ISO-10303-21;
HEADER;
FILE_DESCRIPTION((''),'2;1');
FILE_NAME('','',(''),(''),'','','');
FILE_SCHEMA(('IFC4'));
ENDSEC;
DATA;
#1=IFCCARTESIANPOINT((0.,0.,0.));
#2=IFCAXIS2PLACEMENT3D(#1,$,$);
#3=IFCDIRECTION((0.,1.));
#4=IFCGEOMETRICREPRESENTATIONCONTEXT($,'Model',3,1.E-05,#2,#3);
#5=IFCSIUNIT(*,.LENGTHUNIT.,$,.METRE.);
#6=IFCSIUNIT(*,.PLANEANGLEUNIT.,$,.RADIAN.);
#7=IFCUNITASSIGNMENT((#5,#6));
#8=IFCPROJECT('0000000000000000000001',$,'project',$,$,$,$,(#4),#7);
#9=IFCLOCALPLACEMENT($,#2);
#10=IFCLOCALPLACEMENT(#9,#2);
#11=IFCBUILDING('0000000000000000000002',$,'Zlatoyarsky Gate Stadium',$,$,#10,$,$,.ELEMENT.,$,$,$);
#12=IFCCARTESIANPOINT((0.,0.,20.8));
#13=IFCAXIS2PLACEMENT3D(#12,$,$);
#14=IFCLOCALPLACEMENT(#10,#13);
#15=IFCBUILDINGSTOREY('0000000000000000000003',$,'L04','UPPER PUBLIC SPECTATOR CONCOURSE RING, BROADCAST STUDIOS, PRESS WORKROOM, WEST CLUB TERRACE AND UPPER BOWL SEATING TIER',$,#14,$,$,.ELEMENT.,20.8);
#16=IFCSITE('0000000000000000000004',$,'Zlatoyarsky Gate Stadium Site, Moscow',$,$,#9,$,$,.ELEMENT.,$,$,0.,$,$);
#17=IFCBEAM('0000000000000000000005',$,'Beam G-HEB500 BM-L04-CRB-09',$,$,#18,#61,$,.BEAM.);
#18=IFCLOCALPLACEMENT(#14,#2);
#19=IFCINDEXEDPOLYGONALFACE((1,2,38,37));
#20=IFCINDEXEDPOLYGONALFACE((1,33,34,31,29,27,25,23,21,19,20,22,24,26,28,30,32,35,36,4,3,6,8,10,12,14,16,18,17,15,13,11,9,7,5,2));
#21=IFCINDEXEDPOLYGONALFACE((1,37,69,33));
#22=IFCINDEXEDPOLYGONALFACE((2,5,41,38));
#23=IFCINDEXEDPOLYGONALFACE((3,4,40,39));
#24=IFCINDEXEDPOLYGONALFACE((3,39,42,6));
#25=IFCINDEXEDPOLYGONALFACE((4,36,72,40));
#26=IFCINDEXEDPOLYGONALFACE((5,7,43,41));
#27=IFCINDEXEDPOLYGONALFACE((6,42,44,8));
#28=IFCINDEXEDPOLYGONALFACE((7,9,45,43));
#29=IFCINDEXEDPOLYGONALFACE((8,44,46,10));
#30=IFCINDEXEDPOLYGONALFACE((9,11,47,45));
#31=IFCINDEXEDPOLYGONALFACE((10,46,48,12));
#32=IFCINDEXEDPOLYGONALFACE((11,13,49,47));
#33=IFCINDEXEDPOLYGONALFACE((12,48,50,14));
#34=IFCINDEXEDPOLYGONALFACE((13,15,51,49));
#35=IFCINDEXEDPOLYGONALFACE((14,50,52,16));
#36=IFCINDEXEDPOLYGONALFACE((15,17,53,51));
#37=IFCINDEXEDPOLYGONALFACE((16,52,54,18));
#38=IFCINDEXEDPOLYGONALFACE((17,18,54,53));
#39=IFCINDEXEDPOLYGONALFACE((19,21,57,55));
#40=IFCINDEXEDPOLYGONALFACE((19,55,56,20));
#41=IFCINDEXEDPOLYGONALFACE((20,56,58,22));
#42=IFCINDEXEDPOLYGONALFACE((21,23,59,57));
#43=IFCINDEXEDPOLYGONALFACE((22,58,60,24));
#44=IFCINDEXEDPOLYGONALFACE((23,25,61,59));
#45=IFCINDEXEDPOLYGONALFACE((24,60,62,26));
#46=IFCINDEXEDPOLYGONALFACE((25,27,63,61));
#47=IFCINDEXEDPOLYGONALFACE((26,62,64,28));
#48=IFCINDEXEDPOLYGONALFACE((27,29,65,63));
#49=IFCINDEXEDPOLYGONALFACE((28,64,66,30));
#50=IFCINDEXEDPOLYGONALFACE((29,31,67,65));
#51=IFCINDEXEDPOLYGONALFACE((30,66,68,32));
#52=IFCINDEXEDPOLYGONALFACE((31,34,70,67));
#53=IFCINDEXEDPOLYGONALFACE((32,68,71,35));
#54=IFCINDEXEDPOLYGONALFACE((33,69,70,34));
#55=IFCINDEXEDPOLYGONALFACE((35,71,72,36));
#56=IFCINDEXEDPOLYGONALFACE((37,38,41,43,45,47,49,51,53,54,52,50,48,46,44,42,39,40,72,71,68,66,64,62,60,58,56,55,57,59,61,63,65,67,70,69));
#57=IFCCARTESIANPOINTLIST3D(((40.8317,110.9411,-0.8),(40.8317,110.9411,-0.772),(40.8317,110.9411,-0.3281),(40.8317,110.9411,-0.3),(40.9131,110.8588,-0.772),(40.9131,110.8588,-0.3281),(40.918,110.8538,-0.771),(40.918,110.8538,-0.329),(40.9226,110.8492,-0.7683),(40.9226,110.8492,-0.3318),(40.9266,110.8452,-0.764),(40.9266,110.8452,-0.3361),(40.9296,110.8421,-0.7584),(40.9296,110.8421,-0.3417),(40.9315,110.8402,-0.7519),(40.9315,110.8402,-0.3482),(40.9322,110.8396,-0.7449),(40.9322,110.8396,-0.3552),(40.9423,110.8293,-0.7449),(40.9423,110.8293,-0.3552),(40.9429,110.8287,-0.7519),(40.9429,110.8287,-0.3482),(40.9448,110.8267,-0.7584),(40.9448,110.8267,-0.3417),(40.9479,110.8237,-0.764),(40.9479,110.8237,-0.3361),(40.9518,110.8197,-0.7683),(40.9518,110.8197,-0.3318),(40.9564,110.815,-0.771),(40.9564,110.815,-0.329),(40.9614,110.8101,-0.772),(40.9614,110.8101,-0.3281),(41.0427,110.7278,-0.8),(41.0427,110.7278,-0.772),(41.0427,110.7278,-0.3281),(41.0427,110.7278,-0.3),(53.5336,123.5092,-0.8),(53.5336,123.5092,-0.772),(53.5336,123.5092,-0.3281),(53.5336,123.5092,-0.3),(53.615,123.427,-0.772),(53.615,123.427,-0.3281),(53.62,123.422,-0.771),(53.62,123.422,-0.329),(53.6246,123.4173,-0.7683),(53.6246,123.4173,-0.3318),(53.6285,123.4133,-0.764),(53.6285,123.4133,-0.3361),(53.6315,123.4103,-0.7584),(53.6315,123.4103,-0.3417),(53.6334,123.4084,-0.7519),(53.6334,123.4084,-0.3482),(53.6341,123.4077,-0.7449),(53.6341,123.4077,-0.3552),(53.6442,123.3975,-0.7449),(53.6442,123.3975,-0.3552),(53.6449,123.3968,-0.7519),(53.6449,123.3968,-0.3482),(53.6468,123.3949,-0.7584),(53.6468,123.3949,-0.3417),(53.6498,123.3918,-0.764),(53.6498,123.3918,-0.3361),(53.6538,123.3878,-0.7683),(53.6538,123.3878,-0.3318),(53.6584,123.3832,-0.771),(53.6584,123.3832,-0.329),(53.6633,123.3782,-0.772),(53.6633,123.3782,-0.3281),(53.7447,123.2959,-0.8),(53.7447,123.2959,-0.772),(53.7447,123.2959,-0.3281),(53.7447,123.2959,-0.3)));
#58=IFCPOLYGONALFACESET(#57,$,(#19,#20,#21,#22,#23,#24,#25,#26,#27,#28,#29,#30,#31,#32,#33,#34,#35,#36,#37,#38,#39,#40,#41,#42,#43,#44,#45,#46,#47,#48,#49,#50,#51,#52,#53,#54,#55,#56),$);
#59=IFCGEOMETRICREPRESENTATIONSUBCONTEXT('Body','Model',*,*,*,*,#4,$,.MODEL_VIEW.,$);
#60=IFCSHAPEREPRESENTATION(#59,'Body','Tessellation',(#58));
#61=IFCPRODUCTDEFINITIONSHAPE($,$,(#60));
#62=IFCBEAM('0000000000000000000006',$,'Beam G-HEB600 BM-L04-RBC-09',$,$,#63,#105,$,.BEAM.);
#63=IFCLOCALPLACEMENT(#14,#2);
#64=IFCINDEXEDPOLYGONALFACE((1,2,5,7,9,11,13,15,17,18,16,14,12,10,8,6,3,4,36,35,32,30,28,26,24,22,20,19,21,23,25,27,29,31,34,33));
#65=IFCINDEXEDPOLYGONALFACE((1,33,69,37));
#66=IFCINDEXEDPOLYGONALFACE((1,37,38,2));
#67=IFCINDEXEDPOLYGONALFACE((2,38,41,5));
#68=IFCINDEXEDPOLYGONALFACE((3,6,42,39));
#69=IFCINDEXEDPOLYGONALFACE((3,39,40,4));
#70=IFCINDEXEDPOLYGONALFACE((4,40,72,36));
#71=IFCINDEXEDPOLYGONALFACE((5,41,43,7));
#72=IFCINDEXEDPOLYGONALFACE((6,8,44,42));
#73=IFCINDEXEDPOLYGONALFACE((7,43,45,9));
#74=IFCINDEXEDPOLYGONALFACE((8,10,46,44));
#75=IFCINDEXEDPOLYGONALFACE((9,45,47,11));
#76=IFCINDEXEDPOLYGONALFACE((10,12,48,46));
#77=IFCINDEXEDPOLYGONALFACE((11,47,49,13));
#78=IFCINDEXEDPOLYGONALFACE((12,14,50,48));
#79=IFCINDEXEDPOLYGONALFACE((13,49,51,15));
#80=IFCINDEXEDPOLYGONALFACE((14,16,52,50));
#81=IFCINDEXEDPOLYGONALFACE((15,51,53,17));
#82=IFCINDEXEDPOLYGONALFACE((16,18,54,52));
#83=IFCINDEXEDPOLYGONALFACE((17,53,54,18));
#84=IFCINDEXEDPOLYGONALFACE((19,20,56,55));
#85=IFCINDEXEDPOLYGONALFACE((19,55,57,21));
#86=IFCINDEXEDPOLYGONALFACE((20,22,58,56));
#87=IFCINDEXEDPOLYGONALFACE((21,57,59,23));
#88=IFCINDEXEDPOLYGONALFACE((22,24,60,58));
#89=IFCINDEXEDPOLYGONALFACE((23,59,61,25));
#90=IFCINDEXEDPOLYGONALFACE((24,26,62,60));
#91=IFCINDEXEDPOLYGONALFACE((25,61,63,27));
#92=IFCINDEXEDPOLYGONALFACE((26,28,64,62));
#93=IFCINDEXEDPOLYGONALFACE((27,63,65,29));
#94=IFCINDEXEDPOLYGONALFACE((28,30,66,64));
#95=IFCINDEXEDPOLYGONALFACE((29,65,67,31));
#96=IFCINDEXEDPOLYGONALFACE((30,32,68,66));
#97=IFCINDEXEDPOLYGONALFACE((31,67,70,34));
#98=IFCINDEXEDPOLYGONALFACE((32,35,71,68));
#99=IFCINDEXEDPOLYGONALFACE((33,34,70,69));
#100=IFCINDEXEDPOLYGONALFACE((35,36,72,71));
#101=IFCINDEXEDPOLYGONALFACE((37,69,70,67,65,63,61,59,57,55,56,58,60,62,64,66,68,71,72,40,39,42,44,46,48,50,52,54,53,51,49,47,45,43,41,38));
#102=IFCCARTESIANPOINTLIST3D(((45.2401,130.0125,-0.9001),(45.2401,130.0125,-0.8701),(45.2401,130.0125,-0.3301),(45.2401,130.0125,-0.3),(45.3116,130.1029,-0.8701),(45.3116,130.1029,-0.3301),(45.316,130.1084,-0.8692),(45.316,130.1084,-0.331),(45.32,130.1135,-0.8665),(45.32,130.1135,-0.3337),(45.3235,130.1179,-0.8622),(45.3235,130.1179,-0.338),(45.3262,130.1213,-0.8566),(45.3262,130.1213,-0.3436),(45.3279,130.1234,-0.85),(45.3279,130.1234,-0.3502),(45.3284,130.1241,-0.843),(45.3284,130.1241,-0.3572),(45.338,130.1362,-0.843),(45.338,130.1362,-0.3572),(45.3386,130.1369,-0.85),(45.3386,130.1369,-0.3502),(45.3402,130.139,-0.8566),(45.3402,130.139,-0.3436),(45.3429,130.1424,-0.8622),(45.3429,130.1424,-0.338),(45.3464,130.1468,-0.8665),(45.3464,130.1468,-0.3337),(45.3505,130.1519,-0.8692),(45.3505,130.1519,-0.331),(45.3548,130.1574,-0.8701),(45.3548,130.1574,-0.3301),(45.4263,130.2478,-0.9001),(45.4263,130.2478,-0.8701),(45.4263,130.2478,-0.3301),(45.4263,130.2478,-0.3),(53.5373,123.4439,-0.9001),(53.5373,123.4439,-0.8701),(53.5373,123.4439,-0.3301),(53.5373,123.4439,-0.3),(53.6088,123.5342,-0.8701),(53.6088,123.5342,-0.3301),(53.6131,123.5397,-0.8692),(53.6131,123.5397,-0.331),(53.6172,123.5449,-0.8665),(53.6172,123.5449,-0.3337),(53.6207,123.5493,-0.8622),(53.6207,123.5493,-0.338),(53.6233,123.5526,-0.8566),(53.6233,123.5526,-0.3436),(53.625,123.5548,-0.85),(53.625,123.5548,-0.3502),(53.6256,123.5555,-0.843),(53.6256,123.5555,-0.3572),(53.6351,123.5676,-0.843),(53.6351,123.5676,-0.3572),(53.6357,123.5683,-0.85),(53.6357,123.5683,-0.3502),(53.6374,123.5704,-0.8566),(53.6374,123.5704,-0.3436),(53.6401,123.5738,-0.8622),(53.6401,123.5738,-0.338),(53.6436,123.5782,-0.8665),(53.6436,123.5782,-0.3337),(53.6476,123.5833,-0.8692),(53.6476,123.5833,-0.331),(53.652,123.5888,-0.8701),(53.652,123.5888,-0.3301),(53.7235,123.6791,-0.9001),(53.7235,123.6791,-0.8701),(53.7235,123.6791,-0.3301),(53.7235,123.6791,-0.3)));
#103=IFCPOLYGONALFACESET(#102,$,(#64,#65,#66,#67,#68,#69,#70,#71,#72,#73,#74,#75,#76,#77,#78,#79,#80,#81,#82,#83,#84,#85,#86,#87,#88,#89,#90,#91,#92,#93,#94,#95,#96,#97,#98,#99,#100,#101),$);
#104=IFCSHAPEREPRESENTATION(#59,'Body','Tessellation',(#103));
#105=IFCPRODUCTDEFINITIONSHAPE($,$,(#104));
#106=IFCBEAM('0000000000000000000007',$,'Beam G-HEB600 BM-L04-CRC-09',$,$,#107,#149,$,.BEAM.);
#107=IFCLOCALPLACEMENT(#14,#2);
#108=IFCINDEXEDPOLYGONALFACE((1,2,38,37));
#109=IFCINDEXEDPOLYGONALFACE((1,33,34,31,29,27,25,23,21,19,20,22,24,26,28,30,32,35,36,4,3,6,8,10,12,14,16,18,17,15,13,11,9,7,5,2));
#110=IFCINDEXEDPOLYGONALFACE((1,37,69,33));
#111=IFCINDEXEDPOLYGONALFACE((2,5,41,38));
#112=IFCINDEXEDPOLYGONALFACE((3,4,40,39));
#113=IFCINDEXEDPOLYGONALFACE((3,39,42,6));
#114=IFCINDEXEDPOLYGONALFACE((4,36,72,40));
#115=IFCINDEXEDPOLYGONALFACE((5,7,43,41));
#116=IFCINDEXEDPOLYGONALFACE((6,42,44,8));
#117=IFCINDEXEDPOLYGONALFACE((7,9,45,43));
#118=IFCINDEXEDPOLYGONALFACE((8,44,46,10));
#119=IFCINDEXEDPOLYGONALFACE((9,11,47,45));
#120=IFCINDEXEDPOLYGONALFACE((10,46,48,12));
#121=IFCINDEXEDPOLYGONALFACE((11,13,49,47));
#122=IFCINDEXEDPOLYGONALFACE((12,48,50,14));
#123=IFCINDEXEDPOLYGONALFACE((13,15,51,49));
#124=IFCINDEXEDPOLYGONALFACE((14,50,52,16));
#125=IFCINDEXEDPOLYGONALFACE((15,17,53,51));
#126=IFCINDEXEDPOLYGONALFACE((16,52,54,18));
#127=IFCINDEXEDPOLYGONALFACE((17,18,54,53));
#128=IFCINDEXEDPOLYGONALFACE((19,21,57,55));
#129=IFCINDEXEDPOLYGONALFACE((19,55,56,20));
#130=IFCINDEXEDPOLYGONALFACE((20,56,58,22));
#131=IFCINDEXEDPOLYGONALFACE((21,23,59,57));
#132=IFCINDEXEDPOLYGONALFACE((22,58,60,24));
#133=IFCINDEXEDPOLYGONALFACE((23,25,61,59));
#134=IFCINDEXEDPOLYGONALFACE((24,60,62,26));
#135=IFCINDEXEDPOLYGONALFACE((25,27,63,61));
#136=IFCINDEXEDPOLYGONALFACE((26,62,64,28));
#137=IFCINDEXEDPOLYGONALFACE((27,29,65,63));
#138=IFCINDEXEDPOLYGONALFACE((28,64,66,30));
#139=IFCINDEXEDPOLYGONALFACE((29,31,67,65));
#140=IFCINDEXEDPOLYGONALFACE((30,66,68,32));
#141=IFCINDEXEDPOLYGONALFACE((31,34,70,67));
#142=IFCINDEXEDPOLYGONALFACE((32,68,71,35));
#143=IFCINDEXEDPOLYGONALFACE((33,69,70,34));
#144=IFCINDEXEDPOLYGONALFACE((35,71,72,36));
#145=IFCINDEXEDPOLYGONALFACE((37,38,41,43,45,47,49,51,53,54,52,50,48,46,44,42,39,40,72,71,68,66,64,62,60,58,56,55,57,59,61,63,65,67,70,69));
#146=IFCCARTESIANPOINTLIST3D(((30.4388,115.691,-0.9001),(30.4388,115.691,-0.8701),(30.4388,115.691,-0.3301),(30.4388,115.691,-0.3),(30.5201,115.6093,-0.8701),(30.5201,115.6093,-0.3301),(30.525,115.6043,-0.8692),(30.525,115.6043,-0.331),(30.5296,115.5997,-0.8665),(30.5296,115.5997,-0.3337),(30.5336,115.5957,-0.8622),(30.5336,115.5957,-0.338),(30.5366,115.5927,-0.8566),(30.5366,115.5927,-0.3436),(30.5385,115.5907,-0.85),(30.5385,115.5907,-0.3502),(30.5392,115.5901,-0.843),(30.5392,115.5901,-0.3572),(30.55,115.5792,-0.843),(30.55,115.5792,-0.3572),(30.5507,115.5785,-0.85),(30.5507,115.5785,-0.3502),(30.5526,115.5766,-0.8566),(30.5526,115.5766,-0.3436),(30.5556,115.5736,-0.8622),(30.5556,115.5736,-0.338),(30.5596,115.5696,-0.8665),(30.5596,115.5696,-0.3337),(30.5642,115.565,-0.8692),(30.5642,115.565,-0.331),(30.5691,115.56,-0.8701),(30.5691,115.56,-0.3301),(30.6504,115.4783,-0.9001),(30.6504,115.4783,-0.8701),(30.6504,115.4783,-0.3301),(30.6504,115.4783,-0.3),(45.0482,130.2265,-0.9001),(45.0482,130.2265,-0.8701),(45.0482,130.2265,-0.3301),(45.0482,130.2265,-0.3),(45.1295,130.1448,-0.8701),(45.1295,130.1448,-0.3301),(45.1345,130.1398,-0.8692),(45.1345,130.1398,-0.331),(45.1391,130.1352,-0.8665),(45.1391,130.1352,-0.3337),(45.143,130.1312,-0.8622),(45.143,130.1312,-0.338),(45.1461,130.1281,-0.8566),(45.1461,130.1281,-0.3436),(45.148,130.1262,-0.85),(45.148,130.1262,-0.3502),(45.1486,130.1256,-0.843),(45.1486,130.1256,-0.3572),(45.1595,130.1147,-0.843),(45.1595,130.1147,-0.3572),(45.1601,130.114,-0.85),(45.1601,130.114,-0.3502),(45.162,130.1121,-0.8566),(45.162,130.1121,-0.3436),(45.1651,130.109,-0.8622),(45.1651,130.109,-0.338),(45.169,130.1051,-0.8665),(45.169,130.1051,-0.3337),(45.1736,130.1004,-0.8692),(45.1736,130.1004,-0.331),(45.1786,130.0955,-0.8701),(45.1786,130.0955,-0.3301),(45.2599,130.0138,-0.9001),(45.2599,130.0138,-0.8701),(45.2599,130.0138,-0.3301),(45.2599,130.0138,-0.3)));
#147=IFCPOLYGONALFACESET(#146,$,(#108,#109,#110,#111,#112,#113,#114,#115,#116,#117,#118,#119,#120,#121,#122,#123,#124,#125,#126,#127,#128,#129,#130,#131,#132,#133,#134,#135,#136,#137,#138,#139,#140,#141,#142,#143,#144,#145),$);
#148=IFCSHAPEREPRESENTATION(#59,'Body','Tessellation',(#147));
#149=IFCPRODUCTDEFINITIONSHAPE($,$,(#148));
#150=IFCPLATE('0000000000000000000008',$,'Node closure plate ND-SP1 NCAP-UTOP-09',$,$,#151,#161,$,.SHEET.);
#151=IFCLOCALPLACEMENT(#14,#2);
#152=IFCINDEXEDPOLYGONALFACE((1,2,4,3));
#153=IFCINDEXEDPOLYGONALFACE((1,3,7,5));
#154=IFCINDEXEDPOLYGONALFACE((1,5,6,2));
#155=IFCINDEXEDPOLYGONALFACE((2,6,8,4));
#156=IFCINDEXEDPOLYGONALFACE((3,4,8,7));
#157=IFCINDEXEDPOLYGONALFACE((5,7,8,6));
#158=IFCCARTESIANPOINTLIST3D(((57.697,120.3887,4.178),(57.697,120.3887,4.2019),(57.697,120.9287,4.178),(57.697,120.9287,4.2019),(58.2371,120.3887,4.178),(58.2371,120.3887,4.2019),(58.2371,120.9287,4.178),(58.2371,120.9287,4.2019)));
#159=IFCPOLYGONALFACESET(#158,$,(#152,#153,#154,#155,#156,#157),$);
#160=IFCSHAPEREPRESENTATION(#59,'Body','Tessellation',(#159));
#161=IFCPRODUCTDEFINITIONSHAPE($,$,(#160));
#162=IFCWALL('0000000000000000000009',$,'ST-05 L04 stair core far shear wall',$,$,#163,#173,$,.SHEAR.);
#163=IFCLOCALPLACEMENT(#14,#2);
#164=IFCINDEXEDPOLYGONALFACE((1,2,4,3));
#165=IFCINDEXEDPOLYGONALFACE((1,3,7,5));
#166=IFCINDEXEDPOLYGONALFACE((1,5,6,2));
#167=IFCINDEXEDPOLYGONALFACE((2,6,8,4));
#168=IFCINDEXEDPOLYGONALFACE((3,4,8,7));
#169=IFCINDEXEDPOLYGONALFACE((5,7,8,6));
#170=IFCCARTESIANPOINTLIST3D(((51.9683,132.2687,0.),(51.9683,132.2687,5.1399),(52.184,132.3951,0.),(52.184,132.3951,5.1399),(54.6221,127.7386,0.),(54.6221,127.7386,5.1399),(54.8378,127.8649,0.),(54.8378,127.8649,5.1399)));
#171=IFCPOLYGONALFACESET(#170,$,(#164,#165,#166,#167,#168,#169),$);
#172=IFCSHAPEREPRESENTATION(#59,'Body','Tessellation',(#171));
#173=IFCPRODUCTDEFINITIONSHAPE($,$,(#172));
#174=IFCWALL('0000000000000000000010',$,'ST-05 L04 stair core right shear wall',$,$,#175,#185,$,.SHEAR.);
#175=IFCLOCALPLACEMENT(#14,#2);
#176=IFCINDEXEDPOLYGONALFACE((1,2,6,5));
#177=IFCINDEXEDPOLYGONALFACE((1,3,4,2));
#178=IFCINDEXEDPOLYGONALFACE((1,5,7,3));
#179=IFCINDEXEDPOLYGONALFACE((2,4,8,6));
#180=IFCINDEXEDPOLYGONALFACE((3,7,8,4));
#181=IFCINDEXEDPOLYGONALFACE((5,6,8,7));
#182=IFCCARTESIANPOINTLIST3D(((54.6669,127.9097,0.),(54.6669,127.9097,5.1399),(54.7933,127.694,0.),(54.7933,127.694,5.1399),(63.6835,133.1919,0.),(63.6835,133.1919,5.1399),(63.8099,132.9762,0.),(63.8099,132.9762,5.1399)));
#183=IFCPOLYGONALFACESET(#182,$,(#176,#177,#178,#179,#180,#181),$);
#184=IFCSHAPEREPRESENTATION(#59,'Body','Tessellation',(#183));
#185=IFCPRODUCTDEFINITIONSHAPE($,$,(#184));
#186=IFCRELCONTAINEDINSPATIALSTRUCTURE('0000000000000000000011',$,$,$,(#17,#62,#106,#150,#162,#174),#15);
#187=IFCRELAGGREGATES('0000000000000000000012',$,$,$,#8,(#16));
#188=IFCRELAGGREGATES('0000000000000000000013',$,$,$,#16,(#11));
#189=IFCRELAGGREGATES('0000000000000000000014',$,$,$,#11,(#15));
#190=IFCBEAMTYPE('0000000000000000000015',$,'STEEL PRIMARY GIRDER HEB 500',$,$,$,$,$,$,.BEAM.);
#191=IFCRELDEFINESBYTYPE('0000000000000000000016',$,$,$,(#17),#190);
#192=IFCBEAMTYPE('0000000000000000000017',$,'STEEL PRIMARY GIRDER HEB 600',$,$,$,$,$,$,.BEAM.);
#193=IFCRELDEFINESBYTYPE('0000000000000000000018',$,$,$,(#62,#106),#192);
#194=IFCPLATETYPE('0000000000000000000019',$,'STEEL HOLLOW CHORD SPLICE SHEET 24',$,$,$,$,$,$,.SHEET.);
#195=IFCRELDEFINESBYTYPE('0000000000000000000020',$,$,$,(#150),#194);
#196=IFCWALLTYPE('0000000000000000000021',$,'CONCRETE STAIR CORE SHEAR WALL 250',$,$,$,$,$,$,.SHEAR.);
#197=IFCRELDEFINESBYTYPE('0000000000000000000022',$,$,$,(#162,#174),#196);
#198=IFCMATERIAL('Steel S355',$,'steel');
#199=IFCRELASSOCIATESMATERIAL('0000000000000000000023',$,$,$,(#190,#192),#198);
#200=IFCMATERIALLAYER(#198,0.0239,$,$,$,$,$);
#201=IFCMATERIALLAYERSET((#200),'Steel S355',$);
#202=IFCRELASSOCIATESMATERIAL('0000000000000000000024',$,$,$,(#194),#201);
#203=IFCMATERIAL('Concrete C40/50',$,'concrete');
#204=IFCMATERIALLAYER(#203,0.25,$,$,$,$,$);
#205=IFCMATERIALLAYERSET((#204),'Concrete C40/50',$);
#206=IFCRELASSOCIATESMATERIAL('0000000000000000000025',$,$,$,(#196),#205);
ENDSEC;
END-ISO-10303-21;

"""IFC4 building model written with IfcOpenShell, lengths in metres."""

from ifc_helpers import new_model, si_unit, direction, frame, frame_2d, origin, origin_2d, place, context, subcontext, project, spatial, rectangle, i_section, extrude, material, layer, layer_set, material_profile, profile_set, type_object, element, save


model = new_model("IFC4")

# Units and contexts
model_context = context("Model", 3, precision=1e-05, world=origin(), true_north=direction((0.0, 1.0)))
body_context = subcontext(model_context, "Body", "Model", "MODEL_VIEW")
ifc_project = project(units=[si_unit("LENGTHUNIT", "METRE"), si_unit("PLANEANGLEUNIT", "RADIAN")], contexts=[model_context])

# Site, building, storey
site_placement = place(None, origin())
site = spatial("IfcSite", under=ifc_project, at=site_placement, Name="Zlatoyarsky Gate Stadium Site, Moscow", CompositionType="ELEMENT", RefElevation=0.0)
building_placement = place(site_placement, origin())
building = spatial("IfcBuilding", under=site, at=building_placement, Name="Zlatoyarsky Gate Stadium", CompositionType="ELEMENT")
storey_placement = place(building_placement, frame((0.0, 0.0, 20.8)))
storey = spatial("IfcBuildingStorey", under=building, at=storey_placement, Name="L04", Description="UPPER PUBLIC SPECTATOR CONCOURSE RING, BROADCAST STUDIOS, PRESS WORKROOM, WEST CLUB TERRACE AND UPPER BOWL SEATING TIER", CompositionType="ELEMENT", Elevation=20.8)

# Shared definitions
ifc_material_1 = material(Name="Steel S355", Category="steel")

# Beams
ifc_material_2 = material(Name="Concrete C40/50", Category="concrete")
ifc_material_profile_1 = material_profile(ifc_material_1, i_section(OverallWidth=0.3, OverallDepth=0.5, WebThickness=0.0144, FlangeThickness=0.0281, FilletRadius=0.0271, at=origin_2d()), Name="HEB 500")
ifc_profile_set_1 = profile_set([ifc_material_profile_1], Name="Steel S355")
beam_type_1 = type_object("IfcBeamType", Name="STEEL PRIMARY GIRDER HEB 500", PredefinedType="BEAM", material=ifc_profile_set_1)
beam_1_placement = place(storey_placement, frame((53.6392, 123.4026, -0.55), z_axis=(-0.710841, -0.703353, 0.0), x_axis=(0.703353, -0.710841, 0.0)))
element("IfcBeam", 1, at=beam_1_placement, inside=storey, type_object=beam_type_1, Name="Beam G-HEB500 BM-L04-CRB-09", PredefinedType="BEAM", context=body_context, shape_type="SweptSolid", body=[
    extrude(i_section(OverallWidth=0.3, OverallDepth=0.5, WebThickness=0.0144, FlangeThickness=0.0281, FilletRadius=0.0271, at=origin_2d()), origin(), (0.0, 0.0, 1.0), 17.8689),
])
ifc_material_profile_2 = material_profile(ifc_material_1, i_section(OverallWidth=0.3, OverallDepth=0.6001, WebThickness=0.0154, FlangeThickness=0.03, FilletRadius=0.0271, at=origin_2d()), Name="HEB 600")
ifc_profile_set_2 = profile_set([ifc_material_profile_2], Name="Steel S355")
beam_type_2 = type_object("IfcBeamType", Name="STEEL PRIMARY GIRDER HEB 600", PredefinedType="BEAM", material=ifc_profile_set_2)
beam_2_placement = place(storey_placement, frame((53.6304, 123.5615, -0.6001), z_axis=(-0.784043, 0.620706, 0.0), x_axis=(-0.620706, -0.784043, 0.0)))
element("IfcBeam", 2, at=beam_2_placement, inside=storey, type_object=beam_type_2, Name="Beam G-HEB600 BM-L04-RBC-09", PredefinedType="BEAM", context=body_context, shape_type="SweptSolid", body=[
    extrude(i_section(OverallWidth=0.3, OverallDepth=0.6001, WebThickness=0.0154, FlangeThickness=0.03, FilletRadius=0.0271, at=origin_2d()), origin(), (0.0, 0.0, 1.0), 10.5825),
])
beam_3_placement = place(storey_placement, frame((45.1541, 130.1201, -0.6001), z_axis=(-0.708899, -0.70531, 0.0), x_axis=(0.70531, -0.708899, 0.0)))
element("IfcBeam", 3, at=beam_3_placement, inside=storey, type_object=beam_type_2, Name="Beam G-HEB600 BM-L04-CRC-09", PredefinedType="BEAM", context=body_context, shape_type="SweptSolid", body=[
    extrude(i_section(OverallWidth=0.3, OverallDepth=0.6001, WebThickness=0.0154, FlangeThickness=0.03, FilletRadius=0.0271, at=origin_2d()), origin(), (0.0, 0.0, 1.0), 20.6086),
])

# Plate
ifc_layer_1 = layer(ifc_material_1, 0.0239)
ifc_layer_set_1 = layer_set([ifc_layer_1], Name="Steel S355")
plate_type = type_object("IfcPlateType", Name="STEEL HOLLOW CHORD SPLICE SHEET 24", PredefinedType="SHEET", material=ifc_layer_set_1)
plate_placement = place(storey_placement, frame((57.967, 120.6587, 4.178), z_axis=(0.0, 0.0, 1.0), x_axis=(1.0, 0.0, 0.0)))
element("IfcPlate", 4, at=plate_placement, inside=storey, type_object=plate_type, Name="Node closure plate ND-SP1 NCAP-UTOP-09", PredefinedType="SHEET", context=body_context, shape_type="SweptSolid", body=[
    extrude(rectangle(XDim=0.54, YDim=0.54, at=origin_2d()), origin(), (0.0, 0.0, 1.0), 0.0239),
])

# Walls
ifc_layer_2 = layer(ifc_material_2, 0.25)
ifc_layer_set_2 = layer_set([ifc_layer_2], Name="Concrete C40/50")
wall_type_1 = type_object("IfcWallType", Name="CONCRETE STAIR CORE SHEAR WALL 250", PredefinedType="SHEAR", material=ifc_layer_set_2)
wall_1_placement = place(storey_placement, frame((52.0762, 132.3318, 0.0), z_axis=(0.0, 0.0, 1.0), x_axis=(0.505475, -0.862841, 0.0)))
element("IfcWall", 5, at=wall_1_placement, inside=storey, type_object=wall_type_1, Name="ST-05 L04 stair core far shear wall", PredefinedType="SHEAR", context=body_context, shape_type="SweptSolid", body=[
    extrude(rectangle(XDim=5.2502, YDim=0.25, at=frame_2d((2.625, 0.0))), origin(), (0.0, 0.0, 1.0), 5.1399),
])
wall_2_placement = place(storey_placement, frame((54.73, 127.8018, 0.0), z_axis=(0.0, 0.0, 1.0), x_axis=(0.862839, 0.50548, 0.0)))
element("IfcWall", 6, at=wall_2_placement, inside=storey, type_object=wall_type_1, Name="ST-05 L04 stair core right shear wall", PredefinedType="SHEAR", context=body_context, shape_type="SweptSolid", body=[
    extrude(rectangle(XDim=10.45, YDim=0.25, at=frame_2d((5.2251, 0.0))), origin(), (0.0, 0.0, 1.0), 5.1399),
])

save(model, "model.ifc")
